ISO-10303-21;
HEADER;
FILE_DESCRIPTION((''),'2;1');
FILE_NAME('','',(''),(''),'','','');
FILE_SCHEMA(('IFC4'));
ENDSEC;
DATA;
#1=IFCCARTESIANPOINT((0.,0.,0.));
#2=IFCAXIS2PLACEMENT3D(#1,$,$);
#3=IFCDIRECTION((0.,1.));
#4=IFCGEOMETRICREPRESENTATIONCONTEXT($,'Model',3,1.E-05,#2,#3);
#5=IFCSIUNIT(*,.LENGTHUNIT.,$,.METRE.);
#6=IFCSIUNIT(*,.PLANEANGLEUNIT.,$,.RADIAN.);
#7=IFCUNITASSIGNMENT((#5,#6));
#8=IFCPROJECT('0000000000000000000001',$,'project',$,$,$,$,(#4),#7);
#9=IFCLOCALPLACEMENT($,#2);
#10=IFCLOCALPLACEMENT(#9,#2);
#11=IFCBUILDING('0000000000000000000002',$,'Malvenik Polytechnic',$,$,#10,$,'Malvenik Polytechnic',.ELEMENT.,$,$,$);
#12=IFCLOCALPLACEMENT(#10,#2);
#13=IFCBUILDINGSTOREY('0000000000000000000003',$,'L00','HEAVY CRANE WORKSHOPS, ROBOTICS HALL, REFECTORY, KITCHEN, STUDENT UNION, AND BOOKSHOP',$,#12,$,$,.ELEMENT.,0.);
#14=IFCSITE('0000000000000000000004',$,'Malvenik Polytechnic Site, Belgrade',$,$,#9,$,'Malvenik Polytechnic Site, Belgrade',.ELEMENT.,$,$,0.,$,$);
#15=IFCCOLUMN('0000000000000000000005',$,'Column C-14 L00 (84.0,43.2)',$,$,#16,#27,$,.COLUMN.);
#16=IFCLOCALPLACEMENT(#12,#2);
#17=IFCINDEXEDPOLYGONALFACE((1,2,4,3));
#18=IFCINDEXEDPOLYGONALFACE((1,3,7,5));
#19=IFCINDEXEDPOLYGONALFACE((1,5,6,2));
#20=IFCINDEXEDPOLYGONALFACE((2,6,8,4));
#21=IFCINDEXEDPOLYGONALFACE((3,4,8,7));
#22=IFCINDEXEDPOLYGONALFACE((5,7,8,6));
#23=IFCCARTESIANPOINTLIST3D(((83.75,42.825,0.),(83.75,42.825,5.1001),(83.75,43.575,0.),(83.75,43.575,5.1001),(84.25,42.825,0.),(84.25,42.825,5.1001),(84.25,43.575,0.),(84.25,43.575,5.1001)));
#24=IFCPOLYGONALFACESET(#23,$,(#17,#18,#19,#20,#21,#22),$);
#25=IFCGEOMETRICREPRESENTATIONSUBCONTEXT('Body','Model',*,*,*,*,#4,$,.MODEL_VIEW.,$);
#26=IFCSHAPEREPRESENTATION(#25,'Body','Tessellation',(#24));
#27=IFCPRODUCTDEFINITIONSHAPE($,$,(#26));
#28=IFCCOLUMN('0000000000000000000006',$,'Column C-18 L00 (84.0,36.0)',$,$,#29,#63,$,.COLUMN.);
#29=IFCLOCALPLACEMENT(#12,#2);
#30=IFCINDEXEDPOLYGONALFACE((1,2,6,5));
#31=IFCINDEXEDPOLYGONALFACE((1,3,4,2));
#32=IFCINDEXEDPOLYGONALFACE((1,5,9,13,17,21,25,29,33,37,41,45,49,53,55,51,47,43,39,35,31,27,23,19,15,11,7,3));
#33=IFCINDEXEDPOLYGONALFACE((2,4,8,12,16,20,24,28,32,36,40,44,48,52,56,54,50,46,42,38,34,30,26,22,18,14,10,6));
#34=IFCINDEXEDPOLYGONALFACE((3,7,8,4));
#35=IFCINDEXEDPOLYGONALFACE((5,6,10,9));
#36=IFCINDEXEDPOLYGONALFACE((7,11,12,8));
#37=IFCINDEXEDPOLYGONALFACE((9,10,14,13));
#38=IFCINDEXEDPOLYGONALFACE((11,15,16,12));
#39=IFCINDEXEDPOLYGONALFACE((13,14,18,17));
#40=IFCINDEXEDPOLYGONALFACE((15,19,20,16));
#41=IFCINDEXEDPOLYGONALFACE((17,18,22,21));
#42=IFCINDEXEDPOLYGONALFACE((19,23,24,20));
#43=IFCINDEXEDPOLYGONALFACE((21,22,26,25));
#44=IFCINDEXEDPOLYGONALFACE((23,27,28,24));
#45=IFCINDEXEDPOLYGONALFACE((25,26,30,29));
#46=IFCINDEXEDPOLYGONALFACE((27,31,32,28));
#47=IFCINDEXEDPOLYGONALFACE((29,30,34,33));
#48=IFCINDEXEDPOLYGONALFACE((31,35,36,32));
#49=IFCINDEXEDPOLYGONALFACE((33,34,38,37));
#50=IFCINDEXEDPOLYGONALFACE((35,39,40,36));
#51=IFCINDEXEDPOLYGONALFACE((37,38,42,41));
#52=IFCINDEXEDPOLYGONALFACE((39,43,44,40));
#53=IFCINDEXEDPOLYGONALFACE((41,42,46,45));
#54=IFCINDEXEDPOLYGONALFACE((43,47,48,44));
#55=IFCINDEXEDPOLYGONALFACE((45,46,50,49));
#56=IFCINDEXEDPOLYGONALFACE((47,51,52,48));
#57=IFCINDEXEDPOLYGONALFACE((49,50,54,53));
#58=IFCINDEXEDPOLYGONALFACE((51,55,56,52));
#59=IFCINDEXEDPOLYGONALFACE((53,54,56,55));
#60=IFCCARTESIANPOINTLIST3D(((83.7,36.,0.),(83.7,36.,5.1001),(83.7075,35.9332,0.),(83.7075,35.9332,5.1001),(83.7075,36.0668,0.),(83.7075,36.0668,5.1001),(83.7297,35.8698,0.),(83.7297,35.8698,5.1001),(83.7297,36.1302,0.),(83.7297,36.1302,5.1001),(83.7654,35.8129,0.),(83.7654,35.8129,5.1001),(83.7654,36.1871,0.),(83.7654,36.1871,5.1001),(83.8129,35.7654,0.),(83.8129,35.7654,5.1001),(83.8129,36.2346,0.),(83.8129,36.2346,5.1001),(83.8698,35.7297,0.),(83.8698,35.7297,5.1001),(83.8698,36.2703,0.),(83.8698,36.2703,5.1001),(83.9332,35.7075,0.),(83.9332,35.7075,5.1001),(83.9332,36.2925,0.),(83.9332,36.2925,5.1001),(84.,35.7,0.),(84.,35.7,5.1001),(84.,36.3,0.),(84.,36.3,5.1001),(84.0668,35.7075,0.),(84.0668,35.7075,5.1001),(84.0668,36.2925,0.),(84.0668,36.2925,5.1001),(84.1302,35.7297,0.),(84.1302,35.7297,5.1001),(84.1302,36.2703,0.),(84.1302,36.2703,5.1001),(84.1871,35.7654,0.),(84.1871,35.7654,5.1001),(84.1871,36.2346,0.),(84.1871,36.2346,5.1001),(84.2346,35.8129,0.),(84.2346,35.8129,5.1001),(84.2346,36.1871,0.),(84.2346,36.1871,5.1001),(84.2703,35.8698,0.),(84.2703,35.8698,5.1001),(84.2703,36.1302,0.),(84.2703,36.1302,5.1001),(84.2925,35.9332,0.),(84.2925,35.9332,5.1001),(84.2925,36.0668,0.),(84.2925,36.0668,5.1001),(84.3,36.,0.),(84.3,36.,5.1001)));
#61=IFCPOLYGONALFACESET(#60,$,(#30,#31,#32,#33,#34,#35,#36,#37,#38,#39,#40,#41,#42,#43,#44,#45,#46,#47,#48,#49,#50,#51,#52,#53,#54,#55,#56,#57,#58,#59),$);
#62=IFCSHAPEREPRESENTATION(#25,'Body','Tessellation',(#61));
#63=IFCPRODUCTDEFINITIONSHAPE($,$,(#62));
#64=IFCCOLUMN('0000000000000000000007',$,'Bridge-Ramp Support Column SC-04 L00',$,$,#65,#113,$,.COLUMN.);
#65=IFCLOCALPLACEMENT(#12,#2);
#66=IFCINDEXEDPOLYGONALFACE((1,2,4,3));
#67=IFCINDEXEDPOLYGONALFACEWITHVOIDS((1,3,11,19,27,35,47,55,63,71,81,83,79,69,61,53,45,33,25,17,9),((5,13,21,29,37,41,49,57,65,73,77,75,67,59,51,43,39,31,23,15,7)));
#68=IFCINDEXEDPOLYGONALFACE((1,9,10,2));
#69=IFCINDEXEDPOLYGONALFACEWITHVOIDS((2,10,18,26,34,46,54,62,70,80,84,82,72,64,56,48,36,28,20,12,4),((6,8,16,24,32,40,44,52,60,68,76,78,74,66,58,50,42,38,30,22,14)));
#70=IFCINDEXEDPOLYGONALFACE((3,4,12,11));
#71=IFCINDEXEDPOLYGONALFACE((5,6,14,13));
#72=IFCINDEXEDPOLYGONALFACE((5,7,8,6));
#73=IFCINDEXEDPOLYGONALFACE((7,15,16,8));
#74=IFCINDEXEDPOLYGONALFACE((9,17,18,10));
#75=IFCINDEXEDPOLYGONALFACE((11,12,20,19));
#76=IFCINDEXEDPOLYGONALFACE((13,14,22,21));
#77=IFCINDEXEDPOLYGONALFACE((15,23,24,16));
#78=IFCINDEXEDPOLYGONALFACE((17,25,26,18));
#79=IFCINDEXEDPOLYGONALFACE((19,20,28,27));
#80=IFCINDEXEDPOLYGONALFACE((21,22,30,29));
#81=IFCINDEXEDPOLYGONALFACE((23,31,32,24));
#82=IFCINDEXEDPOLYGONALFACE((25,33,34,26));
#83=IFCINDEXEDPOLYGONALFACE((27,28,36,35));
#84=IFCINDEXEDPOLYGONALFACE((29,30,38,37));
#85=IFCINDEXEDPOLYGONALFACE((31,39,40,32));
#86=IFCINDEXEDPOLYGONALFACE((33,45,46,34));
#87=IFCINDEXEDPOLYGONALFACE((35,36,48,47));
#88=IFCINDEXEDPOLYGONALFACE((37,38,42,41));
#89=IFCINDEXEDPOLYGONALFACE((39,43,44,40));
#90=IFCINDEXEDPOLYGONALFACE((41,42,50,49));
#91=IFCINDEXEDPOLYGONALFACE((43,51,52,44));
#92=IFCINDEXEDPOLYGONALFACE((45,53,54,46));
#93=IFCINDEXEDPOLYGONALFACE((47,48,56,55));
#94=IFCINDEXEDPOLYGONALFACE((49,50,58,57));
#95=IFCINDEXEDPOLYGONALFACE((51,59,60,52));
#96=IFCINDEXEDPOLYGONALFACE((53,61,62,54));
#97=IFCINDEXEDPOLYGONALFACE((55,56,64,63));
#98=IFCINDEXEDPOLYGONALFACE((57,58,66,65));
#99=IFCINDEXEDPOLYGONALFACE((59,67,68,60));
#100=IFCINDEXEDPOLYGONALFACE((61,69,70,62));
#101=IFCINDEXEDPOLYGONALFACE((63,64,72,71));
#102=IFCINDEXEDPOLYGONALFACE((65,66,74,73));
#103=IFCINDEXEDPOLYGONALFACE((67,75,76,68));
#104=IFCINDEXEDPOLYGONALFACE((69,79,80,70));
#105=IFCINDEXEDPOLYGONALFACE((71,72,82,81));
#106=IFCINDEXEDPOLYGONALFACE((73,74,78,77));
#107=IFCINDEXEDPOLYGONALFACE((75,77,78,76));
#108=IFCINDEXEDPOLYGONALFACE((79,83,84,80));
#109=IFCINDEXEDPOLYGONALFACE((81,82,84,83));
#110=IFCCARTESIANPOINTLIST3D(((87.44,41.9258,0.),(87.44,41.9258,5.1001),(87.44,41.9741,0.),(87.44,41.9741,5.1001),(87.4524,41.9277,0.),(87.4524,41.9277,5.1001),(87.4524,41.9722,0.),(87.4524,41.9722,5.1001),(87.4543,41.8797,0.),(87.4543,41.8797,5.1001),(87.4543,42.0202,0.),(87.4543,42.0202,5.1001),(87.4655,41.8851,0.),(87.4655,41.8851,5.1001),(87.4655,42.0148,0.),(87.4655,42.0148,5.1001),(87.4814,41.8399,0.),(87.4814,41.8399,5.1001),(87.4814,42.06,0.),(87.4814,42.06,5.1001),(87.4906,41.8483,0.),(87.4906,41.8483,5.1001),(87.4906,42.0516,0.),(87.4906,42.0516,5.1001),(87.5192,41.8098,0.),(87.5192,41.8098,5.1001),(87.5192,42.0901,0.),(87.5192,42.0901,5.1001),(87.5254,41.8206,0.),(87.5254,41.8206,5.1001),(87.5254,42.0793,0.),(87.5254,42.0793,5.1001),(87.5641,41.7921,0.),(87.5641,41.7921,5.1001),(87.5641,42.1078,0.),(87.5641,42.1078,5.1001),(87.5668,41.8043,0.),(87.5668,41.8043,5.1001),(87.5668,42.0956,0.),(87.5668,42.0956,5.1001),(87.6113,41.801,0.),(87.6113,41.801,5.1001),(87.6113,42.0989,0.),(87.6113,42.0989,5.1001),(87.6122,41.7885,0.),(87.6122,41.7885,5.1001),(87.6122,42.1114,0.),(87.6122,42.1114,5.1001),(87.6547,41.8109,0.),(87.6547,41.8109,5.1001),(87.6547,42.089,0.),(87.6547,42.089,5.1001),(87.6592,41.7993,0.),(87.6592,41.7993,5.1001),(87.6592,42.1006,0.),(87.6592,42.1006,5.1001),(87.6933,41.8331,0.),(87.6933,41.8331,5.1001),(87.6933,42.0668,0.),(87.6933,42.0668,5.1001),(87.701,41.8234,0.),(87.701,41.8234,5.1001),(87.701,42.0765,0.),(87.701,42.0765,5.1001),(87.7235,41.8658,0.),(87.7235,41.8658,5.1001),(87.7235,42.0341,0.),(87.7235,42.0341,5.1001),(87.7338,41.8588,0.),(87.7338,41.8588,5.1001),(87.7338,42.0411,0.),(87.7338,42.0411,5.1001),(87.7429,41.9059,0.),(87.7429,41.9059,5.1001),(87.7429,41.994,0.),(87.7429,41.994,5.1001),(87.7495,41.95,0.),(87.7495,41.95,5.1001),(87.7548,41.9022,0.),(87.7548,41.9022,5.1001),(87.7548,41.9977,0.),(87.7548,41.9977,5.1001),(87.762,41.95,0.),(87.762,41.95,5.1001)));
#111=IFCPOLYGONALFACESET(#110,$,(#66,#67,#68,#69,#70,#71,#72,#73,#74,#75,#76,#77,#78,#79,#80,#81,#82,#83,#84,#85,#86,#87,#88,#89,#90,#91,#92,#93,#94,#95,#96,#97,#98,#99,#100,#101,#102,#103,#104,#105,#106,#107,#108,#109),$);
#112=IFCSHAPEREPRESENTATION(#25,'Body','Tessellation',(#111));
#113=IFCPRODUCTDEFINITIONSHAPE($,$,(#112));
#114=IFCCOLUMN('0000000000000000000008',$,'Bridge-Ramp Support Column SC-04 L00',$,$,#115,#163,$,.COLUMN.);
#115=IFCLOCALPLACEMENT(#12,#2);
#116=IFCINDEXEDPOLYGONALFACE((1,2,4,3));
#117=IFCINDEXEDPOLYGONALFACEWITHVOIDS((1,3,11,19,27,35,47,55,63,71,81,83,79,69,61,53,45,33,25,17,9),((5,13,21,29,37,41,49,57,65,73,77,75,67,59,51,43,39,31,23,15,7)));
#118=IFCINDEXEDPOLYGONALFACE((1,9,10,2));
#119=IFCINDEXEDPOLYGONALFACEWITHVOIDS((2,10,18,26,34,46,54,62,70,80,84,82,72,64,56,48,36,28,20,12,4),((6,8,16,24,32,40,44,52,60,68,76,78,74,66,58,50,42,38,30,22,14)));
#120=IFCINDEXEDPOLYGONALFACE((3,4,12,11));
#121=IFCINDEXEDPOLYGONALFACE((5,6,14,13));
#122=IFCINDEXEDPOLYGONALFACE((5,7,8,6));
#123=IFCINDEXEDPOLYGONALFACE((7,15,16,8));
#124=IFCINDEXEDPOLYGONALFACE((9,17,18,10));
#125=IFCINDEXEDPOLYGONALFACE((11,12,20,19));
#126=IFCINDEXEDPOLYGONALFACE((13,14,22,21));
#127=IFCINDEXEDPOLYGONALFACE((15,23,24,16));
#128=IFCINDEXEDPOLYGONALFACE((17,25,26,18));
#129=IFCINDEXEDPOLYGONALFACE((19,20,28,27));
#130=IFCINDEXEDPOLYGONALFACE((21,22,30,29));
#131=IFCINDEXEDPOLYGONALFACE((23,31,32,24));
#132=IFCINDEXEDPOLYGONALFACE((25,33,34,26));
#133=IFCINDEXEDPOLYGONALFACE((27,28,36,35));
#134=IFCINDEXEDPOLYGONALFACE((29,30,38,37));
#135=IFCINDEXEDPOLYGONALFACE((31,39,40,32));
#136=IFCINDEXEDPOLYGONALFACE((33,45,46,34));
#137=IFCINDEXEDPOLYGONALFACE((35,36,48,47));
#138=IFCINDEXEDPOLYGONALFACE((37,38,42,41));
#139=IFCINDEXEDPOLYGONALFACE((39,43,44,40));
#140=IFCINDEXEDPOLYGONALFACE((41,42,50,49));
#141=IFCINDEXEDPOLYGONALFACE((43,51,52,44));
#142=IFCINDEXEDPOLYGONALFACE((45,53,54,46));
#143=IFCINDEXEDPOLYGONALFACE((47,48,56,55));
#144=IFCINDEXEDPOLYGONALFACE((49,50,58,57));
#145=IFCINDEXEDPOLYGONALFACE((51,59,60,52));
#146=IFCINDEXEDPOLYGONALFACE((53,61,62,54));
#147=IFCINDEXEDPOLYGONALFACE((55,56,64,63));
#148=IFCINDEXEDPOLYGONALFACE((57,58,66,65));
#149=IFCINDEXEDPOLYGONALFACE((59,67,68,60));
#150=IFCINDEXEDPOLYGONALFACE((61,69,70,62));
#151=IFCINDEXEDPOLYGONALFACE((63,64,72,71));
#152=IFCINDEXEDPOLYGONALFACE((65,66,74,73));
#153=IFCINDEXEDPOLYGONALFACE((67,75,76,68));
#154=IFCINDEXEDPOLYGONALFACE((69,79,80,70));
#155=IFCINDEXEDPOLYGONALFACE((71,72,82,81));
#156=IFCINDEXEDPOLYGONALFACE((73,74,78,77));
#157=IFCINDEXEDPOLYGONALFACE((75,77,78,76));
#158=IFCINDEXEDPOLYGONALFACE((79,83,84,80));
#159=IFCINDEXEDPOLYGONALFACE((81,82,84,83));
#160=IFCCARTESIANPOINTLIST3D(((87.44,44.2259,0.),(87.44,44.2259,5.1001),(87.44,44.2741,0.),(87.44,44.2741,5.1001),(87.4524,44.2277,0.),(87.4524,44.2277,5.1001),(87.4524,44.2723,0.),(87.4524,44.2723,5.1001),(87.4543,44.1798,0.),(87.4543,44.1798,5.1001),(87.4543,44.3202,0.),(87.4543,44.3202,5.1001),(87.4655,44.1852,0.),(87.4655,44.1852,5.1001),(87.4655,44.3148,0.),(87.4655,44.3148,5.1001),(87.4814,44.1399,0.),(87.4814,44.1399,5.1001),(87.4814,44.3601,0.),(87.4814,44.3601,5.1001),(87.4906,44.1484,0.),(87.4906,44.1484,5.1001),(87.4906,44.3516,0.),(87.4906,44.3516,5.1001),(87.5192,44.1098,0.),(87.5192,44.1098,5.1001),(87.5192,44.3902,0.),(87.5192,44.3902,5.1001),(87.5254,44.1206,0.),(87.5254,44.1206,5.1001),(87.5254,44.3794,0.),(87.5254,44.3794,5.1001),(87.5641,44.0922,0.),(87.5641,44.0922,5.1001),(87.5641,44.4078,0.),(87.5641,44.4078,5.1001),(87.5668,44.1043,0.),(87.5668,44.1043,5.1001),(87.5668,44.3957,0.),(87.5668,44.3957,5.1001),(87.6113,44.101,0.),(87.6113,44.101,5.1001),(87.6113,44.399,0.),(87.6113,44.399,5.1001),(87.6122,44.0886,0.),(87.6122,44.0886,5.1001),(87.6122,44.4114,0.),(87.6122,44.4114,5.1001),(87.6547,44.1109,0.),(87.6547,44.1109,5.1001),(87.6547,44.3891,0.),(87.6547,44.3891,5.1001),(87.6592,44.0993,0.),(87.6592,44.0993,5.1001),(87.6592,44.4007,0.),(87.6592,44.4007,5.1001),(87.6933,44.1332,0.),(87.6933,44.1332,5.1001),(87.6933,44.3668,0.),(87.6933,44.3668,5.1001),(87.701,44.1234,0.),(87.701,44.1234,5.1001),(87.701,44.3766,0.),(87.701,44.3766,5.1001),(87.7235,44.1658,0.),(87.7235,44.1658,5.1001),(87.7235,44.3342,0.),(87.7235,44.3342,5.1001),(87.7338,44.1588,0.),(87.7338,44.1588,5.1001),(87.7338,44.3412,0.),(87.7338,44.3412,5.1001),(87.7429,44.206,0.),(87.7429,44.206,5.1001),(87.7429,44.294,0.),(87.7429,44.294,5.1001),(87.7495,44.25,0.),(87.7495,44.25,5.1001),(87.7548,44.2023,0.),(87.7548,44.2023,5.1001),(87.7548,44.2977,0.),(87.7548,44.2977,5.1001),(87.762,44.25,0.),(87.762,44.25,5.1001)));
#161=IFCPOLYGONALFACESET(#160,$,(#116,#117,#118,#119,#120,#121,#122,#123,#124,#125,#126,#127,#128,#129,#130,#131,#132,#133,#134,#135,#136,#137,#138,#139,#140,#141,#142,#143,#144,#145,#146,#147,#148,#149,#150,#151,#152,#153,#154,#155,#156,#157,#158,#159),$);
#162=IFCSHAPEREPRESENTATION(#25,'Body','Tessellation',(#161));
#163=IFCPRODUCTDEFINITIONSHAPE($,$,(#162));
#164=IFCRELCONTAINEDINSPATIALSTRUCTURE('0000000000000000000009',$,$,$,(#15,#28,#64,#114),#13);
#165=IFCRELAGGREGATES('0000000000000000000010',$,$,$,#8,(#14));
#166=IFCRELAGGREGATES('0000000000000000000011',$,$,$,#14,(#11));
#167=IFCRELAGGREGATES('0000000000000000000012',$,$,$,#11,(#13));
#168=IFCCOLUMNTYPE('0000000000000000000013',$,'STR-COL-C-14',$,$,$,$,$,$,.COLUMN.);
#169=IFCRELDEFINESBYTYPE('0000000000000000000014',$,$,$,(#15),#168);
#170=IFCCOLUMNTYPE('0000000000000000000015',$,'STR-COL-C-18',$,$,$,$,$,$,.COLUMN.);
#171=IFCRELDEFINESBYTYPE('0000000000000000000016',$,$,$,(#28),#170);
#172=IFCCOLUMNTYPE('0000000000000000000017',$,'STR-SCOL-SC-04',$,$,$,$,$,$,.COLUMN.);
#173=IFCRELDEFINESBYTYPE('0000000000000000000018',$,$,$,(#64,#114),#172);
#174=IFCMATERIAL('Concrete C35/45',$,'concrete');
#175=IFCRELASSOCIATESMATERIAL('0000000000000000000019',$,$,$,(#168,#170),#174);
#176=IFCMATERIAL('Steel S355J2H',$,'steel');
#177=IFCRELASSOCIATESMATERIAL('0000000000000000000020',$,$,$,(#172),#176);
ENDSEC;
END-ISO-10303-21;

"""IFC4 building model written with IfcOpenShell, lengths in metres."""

from ifc_helpers import new_model, si_unit, direction, frame, origin, origin_2d, place, context, subcontext, project, spatial, rectangle, circle, hollow_circle, extrude, material, material_profile, profile_set, type_object, element, save


model = new_model("IFC4")

# Units and contexts
model_context = context("Model", 3, precision=1e-05, world=origin(), true_north=direction((0.0, 1.0)))
body_context = subcontext(model_context, "Body", "Model", "MODEL_VIEW")
ifc_project = project(units=[si_unit("LENGTHUNIT", "METRE"), si_unit("PLANEANGLEUNIT", "RADIAN")], contexts=[model_context])

# Site, building, storey
site_placement = place(None, origin())
site = spatial("IfcSite", under=ifc_project, at=site_placement, Name="Malvenik Polytechnic Site, Belgrade", LongName="Malvenik Polytechnic Site, Belgrade", CompositionType="ELEMENT", RefElevation=0.0)
building_placement = place(site_placement, origin())
building = spatial("IfcBuilding", under=site, at=building_placement, Name="Malvenik Polytechnic", LongName="Malvenik Polytechnic", CompositionType="ELEMENT")
storey_placement = place(building_placement, origin())
storey = spatial("IfcBuildingStorey", under=building, at=storey_placement, Name="L00", Description="HEAVY CRANE WORKSHOPS, ROBOTICS HALL, REFECTORY, KITCHEN, STUDENT UNION, AND BOOKSHOP", CompositionType="ELEMENT", Elevation=0.0)

# Columns
ifc_material_1 = material(Name="Concrete C35/45", Category="concrete")
ifc_material_profile_1 = material_profile(ifc_material_1, rectangle(XDim=0.5, YDim=0.75, at=origin_2d()), Name="RC COL 750x500")
ifc_profile_set_1 = profile_set([ifc_material_profile_1], Name="Concrete C35/45")
column_type_1 = type_object("IfcColumnType", Name="STR-COL-C-14", PredefinedType="COLUMN", material=ifc_profile_set_1)
column_1_placement = place(storey_placement, frame((84.0, 43.2, 0.0), z_axis=(0.0, 0.0, 1.0), x_axis=(1.0, 0.0, 0.0)))
element("IfcColumn", 1, at=column_1_placement, inside=storey, type_object=column_type_1, Name="Column C-14 L00 (84.0,43.2)", PredefinedType="COLUMN", context=body_context, shape_type="SweptSolid", body=[
    extrude(rectangle(XDim=0.5, YDim=0.75, at=origin_2d()), origin(), (0.0, 0.0, 1.0), 5.1001),
])
ifc_material_profile_2 = material_profile(ifc_material_1, circle(Radius=0.3, at=origin_2d()), Name="RC COL D600")
ifc_profile_set_2 = profile_set([ifc_material_profile_2], Name="Concrete C35/45")
column_type_2 = type_object("IfcColumnType", Name="STR-COL-C-18", PredefinedType="COLUMN", material=ifc_profile_set_2)
column_2_placement = place(storey_placement, frame((84.0, 36.0, 0.0), z_axis=(0.0, 0.0, 1.0), x_axis=(1.0, 0.0, 0.0)))
element("IfcColumn", 2, at=column_2_placement, inside=storey, type_object=column_type_2, Name="Column C-18 L00 (84.0,36.0)", PredefinedType="COLUMN", context=body_context, shape_type="SweptSolid", body=[
    extrude(circle(Radius=0.3, at=origin_2d()), origin(), (0.0, 0.0, 1.0), 5.1001),
])
ifc_material_2 = material(Name="Steel S355J2H", Category="steel")
ifc_material_profile_3 = material_profile(ifc_material_2, hollow_circle(Radius=0.1619, WallThickness=0.0125, at=origin_2d()), Name="CHS 323.9x12.5")
ifc_profile_set_3 = profile_set([ifc_material_profile_3], Name="Steel S355J2H")
column_type_3 = type_object("IfcColumnType", Name="STR-SCOL-SC-04", PredefinedType="COLUMN", material=ifc_profile_set_3)
for number, where, z_axis, x_axis, name in (
    (3, (87.6001, 41.95, 0.0), (0.0, 0.0, 1.0), (1.0, 0.0, 0.0), "Bridge-Ramp Support Column SC-04 L00"),
    (4, (87.6001, 44.25, 0.0), (0.0, 0.0, 1.0), (1.0, 0.0, 0.0), "Bridge-Ramp Support Column SC-04 L00"),
):
    element("IfcColumn", number, at=place(storey_placement, frame(where, z_axis=z_axis, x_axis=x_axis)), inside=storey, type_object=column_type_3, Name=name, PredefinedType="COLUMN", context=body_context, shape_type="SweptSolid", body=[
        extrude(hollow_circle(Radius=0.1619, WallThickness=0.0125, at=origin_2d()), origin(), (0.0, 0.0, 1.0), 5.1001),
    ])

save(model, "model.ifc")
